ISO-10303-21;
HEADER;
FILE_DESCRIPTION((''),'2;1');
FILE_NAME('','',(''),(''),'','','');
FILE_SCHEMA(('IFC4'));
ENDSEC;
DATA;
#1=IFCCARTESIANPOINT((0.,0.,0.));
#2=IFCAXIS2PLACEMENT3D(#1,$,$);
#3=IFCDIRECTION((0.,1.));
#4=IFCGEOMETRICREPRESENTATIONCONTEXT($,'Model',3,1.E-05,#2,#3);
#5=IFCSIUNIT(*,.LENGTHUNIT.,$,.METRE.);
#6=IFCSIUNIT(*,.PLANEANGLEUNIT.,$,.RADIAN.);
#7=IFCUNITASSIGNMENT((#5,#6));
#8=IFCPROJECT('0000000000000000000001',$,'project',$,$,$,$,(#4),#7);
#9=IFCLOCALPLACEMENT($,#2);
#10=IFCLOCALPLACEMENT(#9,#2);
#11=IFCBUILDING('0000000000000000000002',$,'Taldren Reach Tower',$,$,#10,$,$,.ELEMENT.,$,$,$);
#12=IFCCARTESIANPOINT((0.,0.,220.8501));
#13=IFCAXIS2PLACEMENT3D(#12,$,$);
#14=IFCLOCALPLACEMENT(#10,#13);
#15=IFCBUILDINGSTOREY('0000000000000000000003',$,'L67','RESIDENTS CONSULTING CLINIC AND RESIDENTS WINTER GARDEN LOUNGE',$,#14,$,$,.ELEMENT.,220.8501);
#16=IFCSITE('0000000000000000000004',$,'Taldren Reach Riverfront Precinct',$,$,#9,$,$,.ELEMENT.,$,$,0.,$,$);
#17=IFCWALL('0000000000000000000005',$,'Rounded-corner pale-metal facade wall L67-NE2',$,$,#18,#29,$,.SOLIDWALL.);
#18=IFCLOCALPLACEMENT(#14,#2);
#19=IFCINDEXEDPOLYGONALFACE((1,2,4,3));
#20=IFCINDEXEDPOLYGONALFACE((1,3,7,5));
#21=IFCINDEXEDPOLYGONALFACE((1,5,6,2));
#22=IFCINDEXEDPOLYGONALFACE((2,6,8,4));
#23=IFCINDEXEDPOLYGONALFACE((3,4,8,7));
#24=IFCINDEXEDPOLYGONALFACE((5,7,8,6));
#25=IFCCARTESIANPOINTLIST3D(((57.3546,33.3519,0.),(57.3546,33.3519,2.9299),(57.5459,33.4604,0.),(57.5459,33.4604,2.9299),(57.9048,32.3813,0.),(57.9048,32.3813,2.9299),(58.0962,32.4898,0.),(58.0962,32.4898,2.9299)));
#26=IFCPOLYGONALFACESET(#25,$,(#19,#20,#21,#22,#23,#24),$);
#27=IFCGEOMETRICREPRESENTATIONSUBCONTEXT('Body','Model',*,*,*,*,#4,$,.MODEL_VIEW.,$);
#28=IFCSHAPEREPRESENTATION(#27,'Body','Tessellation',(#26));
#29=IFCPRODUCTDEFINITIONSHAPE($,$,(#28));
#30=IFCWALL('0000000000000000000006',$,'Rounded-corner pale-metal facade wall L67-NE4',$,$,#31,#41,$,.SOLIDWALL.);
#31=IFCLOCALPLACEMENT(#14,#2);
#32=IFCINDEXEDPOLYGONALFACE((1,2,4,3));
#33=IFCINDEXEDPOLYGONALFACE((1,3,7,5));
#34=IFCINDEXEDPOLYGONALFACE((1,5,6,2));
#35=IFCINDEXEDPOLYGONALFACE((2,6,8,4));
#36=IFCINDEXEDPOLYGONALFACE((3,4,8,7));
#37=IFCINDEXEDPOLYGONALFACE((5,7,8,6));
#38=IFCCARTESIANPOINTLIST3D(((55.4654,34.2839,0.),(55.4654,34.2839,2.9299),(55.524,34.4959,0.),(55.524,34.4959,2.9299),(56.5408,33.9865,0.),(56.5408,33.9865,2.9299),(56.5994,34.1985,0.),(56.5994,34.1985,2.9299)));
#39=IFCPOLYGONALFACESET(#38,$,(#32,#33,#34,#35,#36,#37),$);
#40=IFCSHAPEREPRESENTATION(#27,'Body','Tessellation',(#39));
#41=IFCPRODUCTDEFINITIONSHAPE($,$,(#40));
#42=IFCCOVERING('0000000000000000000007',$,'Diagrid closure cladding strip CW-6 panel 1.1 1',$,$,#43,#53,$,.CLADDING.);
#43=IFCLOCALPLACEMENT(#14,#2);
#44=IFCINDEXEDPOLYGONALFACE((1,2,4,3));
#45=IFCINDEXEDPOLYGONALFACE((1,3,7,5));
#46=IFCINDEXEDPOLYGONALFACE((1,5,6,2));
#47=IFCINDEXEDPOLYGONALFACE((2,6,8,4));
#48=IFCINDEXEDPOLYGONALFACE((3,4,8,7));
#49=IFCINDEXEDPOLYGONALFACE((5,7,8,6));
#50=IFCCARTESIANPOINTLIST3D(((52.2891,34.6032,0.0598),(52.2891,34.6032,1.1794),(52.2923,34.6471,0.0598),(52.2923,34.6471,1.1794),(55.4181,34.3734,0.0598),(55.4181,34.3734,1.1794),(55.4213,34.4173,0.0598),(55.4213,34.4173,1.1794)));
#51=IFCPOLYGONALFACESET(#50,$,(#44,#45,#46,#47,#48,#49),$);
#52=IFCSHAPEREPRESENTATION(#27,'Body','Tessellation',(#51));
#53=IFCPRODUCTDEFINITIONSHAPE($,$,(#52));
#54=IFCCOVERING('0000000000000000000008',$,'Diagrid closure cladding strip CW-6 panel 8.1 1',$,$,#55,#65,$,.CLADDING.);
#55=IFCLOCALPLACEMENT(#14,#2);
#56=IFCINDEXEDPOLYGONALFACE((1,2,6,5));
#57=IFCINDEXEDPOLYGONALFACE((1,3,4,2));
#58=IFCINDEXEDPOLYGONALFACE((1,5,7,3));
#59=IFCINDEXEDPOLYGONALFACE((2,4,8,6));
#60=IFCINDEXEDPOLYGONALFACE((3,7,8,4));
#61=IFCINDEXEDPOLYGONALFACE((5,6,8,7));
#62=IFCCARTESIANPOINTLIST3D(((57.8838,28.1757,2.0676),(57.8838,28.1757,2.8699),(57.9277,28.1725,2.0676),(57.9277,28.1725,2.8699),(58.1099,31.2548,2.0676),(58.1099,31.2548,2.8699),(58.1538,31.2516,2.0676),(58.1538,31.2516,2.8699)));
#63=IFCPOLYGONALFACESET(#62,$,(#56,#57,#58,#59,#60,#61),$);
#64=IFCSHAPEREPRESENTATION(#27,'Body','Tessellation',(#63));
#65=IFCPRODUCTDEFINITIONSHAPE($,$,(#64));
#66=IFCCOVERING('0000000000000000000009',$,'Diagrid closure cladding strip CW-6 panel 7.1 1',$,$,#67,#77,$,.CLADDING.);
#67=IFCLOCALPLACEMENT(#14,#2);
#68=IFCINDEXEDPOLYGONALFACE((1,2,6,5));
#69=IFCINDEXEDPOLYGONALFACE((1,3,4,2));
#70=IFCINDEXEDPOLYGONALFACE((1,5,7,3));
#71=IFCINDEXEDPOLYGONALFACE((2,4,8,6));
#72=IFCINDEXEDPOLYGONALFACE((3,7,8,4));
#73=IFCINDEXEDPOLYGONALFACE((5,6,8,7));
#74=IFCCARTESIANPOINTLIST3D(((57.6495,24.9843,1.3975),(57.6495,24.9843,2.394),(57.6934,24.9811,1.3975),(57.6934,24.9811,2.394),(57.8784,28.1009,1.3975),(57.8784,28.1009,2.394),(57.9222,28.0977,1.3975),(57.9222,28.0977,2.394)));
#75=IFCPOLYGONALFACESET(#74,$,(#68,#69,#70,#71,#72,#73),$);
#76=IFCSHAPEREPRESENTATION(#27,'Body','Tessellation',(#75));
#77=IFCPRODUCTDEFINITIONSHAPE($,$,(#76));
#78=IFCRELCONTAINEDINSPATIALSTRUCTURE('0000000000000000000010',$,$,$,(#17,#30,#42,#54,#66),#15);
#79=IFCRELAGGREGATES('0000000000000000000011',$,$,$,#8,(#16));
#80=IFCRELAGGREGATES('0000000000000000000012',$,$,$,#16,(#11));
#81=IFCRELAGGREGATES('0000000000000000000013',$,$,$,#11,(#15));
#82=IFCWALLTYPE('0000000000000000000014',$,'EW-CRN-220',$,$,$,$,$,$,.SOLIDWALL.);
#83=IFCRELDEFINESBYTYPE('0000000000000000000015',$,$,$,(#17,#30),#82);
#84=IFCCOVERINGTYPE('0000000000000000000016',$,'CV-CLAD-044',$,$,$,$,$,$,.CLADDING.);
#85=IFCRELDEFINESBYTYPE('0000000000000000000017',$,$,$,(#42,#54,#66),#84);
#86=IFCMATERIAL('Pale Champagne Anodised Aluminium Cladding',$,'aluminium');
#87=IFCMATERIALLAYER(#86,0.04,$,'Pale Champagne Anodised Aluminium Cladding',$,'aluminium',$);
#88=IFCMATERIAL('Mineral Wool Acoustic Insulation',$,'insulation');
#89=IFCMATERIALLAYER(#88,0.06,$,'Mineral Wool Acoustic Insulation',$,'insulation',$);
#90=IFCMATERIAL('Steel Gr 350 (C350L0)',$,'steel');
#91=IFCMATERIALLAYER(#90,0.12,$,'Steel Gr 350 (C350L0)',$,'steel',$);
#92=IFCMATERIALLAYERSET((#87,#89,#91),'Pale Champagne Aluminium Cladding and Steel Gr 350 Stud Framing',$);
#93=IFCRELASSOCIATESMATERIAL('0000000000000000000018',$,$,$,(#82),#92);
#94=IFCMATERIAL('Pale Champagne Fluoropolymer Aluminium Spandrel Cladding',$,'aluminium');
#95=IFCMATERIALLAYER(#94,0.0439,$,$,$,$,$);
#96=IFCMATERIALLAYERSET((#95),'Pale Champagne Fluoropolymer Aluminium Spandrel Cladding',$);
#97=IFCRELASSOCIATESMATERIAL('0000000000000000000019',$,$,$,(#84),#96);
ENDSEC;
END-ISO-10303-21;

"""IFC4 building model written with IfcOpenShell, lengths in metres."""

from ifc_helpers import new_model, si_unit, direction, frame, frame_2d, origin, origin_2d, place, context, subcontext, project, spatial, rectangle, extrude, source, transform, mapped, material, layer, layer_set, type_object, element, save


model = new_model("IFC4")

# Units and contexts
model_context = context("Model", 3, precision=1e-05, world=origin(), true_north=direction((0.0, 1.0)))
body_context = subcontext(model_context, "Body", "Model", "MODEL_VIEW")
ifc_project = project(units=[si_unit("LENGTHUNIT", "METRE"), si_unit("PLANEANGLEUNIT", "RADIAN")], contexts=[model_context])

# Site, building, storey
site_placement = place(None, origin())
site = spatial("IfcSite", under=ifc_project, at=site_placement, Name="Taldren Reach Riverfront Precinct", CompositionType="ELEMENT", RefElevation=0.0)
building_placement = place(site_placement, origin())
building = spatial("IfcBuilding", under=site, at=building_placement, Name="Taldren Reach Tower", CompositionType="ELEMENT")
storey_placement = place(building_placement, frame((0.0, 0.0, 220.8501)))
storey = spatial("IfcBuildingStorey", under=building, at=storey_placement, Name="L67", Description="RESIDENTS CONSULTING CLINIC AND RESIDENTS WINTER GARDEN LOUNGE", CompositionType="ELEMENT", Elevation=220.8501)

# Shared definitions
ifc_material_1 = material(Name="Steel Gr 350 (C350L0)", Category="steel")

# Walls
ifc_material_2 = material(Name="Pale Champagne Anodised Aluminium Cladding", Category="aluminium")
ifc_layer_1 = layer(ifc_material_2, 0.04, Name="Pale Champagne Anodised Aluminium Cladding", Category="aluminium")
ifc_material_3 = material(Name="Mineral Wool Acoustic Insulation", Category="insulation")
ifc_layer_2 = layer(ifc_material_3, 0.06, Name="Mineral Wool Acoustic Insulation", Category="insulation")
ifc_layer_3 = layer(ifc_material_1, 0.12, Name="Steel Gr 350 (C350L0)", Category="steel")
ifc_layer_set_1 = layer_set([ifc_layer_1, ifc_layer_2, ifc_layer_3], Name="Pale Champagne Aluminium Cladding and Steel Gr 350 Stud Framing")
wall_type = type_object("IfcWallType", Name="EW-CRN-220", PredefinedType="SOLIDWALL", material=ifc_layer_set_1)
shared_shape_1 = source(origin(), body_context, "Body", "SweptSolid", [
    extrude(rectangle(XDim=1.1157, YDim=0.22, at=frame_2d((0.5579, 0.0))), origin(), (0.0, 0.0, 1.0), 2.9299),
])
for number, where, z_axis, x_axis, name in (
    (1, (58.0005, 32.4355, 0.0), (0.0, 0.0, 1.0), (-0.493167, 0.869935, 0.0), "Rounded-corner pale-metal facade wall L67-NE2"),
    (2, (56.5701, 34.0925, 0.0), (0.0, 0.0, 1.0), (-0.963834, 0.266504, 0.0), "Rounded-corner pale-metal facade wall L67-NE4"),
):
    element("IfcWall", number, at=place(storey_placement, frame(where, z_axis=z_axis, x_axis=x_axis)), inside=storey, type_object=wall_type, Name=name, PredefinedType="SOLIDWALL", context=body_context, shape_type="MappedRepresentation", body=[
        mapped(shared_shape_1, transform((0.0, 0.0, 0.0), scale=1.0)),
    ])

# Coverings
ifc_material_4 = material(Name="Pale Champagne Fluoropolymer Aluminium Spandrel Cladding", Category="aluminium")
ifc_layer_4 = layer(ifc_material_4, 0.0439)
ifc_layer_set_2 = layer_set([ifc_layer_4], Name="Pale Champagne Fluoropolymer Aluminium Spandrel Cladding")
covering_type = type_object("IfcCoveringType", Name="CV-CLAD-044", PredefinedType="CLADDING", material=ifc_layer_set_2)
shared_shape_2 = source(origin(), body_context, "Body", "SweptSolid", [
    extrude(rectangle(XDim=3.1375, YDim=0.0439, at=origin_2d()), origin(), (0.0, 0.0, 1.0), 1.1196),
])
covering_1_placement = place(storey_placement, frame((53.8552, 34.5103, 0.0598), z_axis=(0.0, 0.0, 1.0), x_axis=(-0.997314, 0.073238, 0.0)))
element("IfcCovering", 3, at=covering_1_placement, inside=storey, type_object=covering_type, Name="Diagrid closure cladding strip CW-6 panel 1.1 1", PredefinedType="CLADDING", context=body_context, shape_type="MappedRepresentation", body=[
    mapped(shared_shape_2, transform((0.0, 0.0, 0.0), scale=1.0)),
])
shared_shape_3 = source(origin(), body_context, "Body", "SweptSolid", [
    extrude(rectangle(XDim=3.0874, YDim=0.0439, at=origin_2d()), origin(), (0.0, 0.0, 1.0), 0.8022),
])
covering_2_placement = place(storey_placement, frame((58.0188, 29.7136, 2.0676), z_axis=(0.0, 0.0, 1.0), x_axis=(0.073238, 0.997314, 0.0)))
element("IfcCovering", 4, at=covering_2_placement, inside=storey, type_object=covering_type, Name="Diagrid closure cladding strip CW-6 panel 8.1 1", PredefinedType="CLADDING", context=body_context, shape_type="MappedRepresentation", body=[
    mapped(shared_shape_3, transform((0.0, 0.0, 0.0), scale=1.0)),
])
shared_shape_4 = source(origin(), body_context, "Body", "SweptSolid", [
    extrude(rectangle(XDim=3.125, YDim=0.0439, at=origin_2d()), origin(), (0.0, 0.0, 1.0), 0.9966),
])
covering_3_placement = place(storey_placement, frame((57.7859, 26.541, 1.3975), z_axis=(0.0, 0.0, 1.0), x_axis=(0.073238, 0.997314, 0.0)))
element("IfcCovering", 5, at=covering_3_placement, inside=storey, type_object=covering_type, Name="Diagrid closure cladding strip CW-6 panel 7.1 1", PredefinedType="CLADDING", context=body_context, shape_type="MappedRepresentation", body=[
    mapped(shared_shape_4, transform((0.0, 0.0, 0.0), scale=1.0)),
])

save(model, "model.ifc")
